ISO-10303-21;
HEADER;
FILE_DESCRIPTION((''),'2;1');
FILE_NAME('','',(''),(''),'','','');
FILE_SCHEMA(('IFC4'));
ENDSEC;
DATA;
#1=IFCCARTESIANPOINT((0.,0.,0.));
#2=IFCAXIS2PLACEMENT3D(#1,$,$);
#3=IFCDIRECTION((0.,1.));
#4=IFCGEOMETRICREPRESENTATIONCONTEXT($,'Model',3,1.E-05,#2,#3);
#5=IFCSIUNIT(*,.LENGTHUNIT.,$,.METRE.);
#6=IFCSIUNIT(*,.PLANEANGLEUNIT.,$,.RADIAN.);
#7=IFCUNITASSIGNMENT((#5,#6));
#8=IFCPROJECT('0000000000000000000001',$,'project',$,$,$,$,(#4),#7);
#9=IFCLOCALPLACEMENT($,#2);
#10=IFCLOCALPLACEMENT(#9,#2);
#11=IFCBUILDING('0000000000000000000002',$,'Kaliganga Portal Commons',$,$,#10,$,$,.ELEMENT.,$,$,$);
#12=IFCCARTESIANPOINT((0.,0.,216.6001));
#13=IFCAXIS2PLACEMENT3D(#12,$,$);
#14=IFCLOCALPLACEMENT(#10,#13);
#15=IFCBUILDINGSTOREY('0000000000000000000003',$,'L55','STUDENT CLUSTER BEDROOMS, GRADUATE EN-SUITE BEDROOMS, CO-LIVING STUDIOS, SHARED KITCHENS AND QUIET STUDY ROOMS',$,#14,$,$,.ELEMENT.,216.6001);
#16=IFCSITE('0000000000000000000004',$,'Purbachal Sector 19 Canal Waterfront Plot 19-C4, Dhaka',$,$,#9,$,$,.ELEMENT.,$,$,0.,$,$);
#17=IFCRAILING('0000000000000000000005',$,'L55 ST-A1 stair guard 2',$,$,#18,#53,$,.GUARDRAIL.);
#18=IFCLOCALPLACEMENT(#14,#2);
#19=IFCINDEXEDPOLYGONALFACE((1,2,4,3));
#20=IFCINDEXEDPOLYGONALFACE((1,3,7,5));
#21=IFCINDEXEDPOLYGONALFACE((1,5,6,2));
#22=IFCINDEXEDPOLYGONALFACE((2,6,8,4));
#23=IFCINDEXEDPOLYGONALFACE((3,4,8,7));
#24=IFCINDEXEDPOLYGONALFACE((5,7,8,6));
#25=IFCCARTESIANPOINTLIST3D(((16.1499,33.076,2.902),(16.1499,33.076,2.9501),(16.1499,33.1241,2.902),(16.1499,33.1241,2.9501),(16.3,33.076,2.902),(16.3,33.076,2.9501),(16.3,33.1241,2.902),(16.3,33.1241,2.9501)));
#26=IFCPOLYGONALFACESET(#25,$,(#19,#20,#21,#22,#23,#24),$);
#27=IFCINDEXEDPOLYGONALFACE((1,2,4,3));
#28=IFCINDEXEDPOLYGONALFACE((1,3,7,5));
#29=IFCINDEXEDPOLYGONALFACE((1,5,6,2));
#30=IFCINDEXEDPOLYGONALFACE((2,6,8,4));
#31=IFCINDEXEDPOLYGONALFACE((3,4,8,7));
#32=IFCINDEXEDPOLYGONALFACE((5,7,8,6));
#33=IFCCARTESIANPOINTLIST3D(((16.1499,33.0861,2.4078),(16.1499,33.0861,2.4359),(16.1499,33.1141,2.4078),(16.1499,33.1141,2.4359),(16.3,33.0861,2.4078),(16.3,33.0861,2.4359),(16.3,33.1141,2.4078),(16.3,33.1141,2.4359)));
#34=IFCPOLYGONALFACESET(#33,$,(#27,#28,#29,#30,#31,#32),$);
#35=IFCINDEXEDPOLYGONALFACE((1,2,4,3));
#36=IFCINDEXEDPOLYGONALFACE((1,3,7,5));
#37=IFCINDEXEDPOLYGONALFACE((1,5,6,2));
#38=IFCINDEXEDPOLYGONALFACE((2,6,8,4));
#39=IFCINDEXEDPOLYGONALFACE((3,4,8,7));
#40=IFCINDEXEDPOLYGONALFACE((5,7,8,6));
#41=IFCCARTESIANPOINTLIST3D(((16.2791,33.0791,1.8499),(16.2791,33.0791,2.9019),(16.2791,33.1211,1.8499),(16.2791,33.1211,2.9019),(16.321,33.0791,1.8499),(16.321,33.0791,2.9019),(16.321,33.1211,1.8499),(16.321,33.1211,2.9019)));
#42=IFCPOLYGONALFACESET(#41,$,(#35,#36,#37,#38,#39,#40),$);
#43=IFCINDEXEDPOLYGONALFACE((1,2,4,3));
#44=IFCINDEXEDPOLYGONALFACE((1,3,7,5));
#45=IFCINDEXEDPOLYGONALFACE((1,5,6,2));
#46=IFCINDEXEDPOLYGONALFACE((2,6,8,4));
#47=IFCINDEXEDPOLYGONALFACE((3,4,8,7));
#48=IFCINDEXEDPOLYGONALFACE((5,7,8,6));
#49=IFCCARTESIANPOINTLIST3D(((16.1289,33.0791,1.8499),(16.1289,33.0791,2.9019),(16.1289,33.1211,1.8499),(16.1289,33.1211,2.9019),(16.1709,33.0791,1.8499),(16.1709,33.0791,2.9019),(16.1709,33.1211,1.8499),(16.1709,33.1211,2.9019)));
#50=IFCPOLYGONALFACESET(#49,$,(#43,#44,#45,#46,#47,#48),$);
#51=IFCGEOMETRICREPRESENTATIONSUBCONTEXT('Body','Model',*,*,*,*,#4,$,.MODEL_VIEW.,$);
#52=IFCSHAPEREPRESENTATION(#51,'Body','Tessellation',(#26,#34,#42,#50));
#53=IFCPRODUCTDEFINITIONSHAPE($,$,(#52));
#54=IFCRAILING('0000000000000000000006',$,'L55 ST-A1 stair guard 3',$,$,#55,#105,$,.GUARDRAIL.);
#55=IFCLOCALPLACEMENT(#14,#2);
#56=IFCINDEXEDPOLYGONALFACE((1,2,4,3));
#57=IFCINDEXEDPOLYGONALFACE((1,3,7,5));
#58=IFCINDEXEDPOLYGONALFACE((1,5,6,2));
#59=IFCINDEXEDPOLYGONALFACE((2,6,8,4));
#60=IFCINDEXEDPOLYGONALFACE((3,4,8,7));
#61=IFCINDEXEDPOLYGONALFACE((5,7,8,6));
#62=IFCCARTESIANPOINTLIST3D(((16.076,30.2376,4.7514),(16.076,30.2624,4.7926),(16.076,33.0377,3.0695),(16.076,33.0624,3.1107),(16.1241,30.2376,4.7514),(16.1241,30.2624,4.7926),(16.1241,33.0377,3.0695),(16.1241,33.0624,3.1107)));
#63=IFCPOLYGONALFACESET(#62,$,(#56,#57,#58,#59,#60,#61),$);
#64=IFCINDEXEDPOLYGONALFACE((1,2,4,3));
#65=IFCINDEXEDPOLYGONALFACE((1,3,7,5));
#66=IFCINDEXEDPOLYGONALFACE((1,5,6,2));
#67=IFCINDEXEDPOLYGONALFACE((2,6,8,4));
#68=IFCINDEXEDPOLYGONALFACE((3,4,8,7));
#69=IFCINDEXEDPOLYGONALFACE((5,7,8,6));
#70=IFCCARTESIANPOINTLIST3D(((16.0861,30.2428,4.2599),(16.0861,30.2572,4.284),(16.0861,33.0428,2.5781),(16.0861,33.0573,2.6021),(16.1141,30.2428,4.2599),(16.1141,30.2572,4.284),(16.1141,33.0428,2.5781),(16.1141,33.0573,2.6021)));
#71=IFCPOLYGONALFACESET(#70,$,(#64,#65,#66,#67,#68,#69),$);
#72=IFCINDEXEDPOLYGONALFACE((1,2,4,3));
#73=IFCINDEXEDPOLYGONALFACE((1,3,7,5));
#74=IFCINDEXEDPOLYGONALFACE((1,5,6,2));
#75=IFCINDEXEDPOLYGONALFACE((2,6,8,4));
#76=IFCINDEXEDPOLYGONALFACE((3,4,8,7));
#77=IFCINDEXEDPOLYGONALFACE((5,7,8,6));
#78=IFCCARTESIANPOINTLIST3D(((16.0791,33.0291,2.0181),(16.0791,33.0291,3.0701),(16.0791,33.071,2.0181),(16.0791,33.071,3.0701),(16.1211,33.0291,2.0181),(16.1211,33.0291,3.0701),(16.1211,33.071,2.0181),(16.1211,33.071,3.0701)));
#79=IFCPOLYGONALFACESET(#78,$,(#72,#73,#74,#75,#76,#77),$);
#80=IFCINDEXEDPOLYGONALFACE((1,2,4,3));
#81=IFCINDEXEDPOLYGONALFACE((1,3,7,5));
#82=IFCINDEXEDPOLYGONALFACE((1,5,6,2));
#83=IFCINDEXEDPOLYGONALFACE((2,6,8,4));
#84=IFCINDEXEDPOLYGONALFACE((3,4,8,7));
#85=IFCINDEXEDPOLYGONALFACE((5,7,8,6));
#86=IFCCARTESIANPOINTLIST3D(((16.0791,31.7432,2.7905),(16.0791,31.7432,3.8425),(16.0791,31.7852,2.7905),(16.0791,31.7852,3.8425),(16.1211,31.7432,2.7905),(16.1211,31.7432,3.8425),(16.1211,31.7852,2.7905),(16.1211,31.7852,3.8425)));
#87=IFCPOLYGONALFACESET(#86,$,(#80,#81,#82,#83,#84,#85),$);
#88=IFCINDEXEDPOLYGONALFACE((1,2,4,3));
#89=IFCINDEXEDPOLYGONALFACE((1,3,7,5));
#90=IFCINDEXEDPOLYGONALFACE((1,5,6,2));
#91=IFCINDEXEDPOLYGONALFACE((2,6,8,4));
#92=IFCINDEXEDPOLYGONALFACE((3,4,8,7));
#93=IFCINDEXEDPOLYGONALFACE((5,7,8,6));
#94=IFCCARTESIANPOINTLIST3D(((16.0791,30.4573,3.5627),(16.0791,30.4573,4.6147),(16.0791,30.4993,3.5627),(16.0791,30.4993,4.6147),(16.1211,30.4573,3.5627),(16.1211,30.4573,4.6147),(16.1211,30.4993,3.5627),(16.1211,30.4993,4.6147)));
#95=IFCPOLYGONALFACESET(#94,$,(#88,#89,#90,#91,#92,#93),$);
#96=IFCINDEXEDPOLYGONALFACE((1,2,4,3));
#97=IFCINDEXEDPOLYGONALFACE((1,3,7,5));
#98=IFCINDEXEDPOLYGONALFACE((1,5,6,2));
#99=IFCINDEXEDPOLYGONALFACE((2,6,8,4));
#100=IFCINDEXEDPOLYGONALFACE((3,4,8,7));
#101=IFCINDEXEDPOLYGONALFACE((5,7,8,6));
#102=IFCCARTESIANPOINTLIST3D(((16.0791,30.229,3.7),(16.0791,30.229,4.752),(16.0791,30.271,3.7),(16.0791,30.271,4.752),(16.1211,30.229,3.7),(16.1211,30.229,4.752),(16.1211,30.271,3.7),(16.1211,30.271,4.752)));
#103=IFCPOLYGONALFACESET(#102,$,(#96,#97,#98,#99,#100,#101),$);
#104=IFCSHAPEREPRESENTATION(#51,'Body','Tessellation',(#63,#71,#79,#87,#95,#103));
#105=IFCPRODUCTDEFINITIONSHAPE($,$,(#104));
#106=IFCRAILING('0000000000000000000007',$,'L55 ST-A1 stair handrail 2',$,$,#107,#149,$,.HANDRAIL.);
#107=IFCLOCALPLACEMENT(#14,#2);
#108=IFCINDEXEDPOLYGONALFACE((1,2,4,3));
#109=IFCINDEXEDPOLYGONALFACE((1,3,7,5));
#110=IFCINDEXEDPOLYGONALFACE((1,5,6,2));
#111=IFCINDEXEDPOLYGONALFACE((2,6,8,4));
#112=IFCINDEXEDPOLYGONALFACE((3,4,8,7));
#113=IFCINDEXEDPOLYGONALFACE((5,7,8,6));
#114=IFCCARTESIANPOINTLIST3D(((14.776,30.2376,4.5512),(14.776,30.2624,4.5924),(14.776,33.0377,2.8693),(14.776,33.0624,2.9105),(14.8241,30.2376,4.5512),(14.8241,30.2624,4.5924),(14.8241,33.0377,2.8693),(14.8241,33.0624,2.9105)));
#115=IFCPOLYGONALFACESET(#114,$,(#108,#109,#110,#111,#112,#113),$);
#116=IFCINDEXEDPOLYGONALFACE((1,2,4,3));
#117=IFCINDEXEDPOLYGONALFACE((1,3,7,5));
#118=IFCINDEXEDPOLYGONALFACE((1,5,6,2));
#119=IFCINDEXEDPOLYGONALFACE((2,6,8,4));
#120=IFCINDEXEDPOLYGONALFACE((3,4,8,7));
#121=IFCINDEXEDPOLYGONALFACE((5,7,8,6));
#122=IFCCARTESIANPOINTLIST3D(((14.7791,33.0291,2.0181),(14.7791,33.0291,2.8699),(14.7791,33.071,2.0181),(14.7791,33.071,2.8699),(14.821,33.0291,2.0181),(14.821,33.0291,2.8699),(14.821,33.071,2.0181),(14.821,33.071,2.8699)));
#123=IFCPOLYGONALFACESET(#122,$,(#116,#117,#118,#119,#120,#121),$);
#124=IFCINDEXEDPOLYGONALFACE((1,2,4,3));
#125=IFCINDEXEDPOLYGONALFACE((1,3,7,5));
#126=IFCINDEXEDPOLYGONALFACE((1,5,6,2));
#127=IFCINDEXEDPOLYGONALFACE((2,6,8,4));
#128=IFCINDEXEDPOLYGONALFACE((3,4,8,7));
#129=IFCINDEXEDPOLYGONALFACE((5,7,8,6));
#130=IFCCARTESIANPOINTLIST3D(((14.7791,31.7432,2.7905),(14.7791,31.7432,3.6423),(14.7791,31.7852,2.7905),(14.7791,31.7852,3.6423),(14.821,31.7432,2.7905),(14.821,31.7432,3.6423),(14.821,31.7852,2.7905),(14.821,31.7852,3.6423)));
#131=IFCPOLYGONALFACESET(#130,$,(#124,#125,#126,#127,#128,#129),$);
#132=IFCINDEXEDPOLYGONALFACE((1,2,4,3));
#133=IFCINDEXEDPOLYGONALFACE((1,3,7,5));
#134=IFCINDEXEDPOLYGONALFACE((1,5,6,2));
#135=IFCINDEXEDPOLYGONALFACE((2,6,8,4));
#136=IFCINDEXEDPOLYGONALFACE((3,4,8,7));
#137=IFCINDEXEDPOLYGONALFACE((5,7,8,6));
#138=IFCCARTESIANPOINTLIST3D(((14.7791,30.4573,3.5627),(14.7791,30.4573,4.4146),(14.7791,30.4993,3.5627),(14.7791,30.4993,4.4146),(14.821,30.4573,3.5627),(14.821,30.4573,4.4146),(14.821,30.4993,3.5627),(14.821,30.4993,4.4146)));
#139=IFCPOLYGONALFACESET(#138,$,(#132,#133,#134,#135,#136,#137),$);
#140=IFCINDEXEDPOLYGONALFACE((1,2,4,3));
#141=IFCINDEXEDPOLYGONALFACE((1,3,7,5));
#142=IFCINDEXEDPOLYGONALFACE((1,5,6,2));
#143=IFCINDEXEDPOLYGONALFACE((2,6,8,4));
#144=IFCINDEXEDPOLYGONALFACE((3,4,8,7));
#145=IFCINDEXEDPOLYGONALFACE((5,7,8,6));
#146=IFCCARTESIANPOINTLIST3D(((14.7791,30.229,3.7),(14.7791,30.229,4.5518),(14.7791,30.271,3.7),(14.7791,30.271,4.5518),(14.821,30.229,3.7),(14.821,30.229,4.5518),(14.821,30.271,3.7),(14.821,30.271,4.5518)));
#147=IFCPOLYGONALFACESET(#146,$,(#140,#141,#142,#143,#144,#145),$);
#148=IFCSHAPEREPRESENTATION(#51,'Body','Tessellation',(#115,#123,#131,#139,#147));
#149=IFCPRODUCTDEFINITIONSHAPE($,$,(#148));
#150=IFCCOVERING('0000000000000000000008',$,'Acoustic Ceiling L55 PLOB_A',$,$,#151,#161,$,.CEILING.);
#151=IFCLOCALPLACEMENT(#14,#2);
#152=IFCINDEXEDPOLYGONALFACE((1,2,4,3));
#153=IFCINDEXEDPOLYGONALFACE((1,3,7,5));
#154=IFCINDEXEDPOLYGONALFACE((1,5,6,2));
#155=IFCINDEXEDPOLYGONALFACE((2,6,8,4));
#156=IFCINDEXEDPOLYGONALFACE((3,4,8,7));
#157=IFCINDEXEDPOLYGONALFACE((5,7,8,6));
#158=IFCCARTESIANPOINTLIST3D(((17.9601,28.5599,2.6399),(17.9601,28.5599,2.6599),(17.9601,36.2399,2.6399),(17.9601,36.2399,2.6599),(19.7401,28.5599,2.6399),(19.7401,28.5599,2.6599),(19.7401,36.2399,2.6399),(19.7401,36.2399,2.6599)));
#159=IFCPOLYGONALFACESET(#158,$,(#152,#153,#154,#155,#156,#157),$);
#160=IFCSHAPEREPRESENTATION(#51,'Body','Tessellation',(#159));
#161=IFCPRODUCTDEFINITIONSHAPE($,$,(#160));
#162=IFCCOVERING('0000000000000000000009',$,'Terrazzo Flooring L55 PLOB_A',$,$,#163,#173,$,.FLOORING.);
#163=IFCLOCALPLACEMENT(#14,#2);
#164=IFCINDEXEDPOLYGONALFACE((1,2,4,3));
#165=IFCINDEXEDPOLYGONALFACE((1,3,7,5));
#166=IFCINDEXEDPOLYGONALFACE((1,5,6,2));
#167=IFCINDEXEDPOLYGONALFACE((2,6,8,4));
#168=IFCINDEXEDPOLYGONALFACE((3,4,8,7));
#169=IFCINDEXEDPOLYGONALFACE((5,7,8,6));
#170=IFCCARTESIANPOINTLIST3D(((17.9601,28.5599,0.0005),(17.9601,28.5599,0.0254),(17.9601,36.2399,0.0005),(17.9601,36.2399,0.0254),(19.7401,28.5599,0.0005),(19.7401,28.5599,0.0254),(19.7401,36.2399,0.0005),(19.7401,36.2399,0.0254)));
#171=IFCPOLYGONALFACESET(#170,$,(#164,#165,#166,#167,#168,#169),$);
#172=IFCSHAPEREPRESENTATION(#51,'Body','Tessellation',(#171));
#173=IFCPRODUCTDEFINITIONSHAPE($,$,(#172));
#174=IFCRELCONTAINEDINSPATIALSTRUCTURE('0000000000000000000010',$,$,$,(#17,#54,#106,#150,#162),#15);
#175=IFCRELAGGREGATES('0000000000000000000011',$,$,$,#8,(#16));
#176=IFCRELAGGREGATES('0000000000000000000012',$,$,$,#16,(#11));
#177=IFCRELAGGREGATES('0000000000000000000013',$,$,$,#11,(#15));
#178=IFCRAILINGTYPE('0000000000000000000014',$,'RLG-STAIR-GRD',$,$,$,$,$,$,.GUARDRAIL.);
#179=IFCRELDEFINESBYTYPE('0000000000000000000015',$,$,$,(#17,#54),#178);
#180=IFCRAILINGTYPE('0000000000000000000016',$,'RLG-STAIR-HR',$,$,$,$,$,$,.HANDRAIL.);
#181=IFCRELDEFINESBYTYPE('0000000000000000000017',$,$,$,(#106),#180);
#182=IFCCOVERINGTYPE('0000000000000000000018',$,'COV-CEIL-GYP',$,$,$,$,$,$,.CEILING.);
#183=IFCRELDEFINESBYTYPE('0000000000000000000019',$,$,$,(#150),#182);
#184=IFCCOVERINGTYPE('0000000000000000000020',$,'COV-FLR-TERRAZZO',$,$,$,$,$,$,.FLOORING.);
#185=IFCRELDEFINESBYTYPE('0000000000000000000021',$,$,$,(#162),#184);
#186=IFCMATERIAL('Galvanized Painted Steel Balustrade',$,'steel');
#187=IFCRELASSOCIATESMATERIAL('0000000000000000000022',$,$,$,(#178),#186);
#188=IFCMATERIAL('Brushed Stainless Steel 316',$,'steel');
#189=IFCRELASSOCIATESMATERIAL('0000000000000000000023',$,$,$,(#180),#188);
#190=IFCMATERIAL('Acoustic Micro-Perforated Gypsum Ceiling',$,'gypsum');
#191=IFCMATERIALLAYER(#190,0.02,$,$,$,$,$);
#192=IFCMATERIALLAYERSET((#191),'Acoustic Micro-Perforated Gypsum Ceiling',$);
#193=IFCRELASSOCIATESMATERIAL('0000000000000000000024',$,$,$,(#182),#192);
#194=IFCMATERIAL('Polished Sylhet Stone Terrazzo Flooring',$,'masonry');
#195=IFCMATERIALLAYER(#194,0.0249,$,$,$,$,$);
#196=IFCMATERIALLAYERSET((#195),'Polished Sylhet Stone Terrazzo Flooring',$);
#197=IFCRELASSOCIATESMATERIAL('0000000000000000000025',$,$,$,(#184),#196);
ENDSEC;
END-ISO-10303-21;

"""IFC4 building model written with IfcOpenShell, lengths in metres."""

from ifc_helpers import new_model, si_unit, direction, frame, origin, origin_2d, place, context, subcontext, project, spatial, rectangle, extrude, source, transform, mapped, material, layer, layer_set, type_object, element, save


model = new_model("IFC4")

# Units and contexts
model_context = context("Model", 3, precision=1e-05, world=origin(), true_north=direction((0.0, 1.0)))
body_context = subcontext(model_context, "Body", "Model", "MODEL_VIEW")
ifc_project = project(units=[si_unit("LENGTHUNIT", "METRE"), si_unit("PLANEANGLEUNIT", "RADIAN")], contexts=[model_context])

# Site, building, storey
site_placement = place(None, origin())
site = spatial("IfcSite", under=ifc_project, at=site_placement, Name="Purbachal Sector 19 Canal Waterfront Plot 19-C4, Dhaka", CompositionType="ELEMENT", RefElevation=0.0)
building_placement = place(site_placement, origin())
building = spatial("IfcBuilding", under=site, at=building_placement, Name="Kaliganga Portal Commons", CompositionType="ELEMENT")
storey_placement = place(building_placement, frame((0.0, 0.0, 216.6001)))
storey = spatial("IfcBuildingStorey", under=building, at=storey_placement, Name="L55", Description="STUDENT CLUSTER BEDROOMS, GRADUATE EN-SUITE BEDROOMS, CO-LIVING STUDIOS, SHARED KITCHENS AND QUIET STUDY ROOMS", CompositionType="ELEMENT", Elevation=216.6001)

# Railings
ifc_material_1 = material(Name="Galvanized Painted Steel Balustrade", Category="steel")
railing_type_1 = type_object("IfcRailingType", Name="RLG-STAIR-GRD", PredefinedType="GUARDRAIL", material=ifc_material_1)
railing_1_placement = place(storey_placement, frame((16.3, 33.1001, 1.8499)))
element("IfcRailing", 1, at=railing_1_placement, inside=storey, type_object=railing_type_1, Name="L55 ST-A1 stair guard 2", PredefinedType="GUARDRAIL", context=body_context, shape_type="SweptSolid", body=[
    extrude(rectangle(XDim=0.0481, YDim=0.0481, at=origin_2d()), frame((0.0, 0.0, 1.0762), z_axis=(-1.0, 0.0, 0.0), x_axis=(0.0, -1.0, 0.0)), (0.0, 0.0, 1.0), 0.1501),
    extrude(rectangle(XDim=0.0281, YDim=0.0281, at=origin_2d()), frame((0.0, 0.0, 0.572), z_axis=(-1.0, 0.0, 0.0), x_axis=(0.0, -1.0, 0.0)), (0.0, 0.0, 1.0), 0.1501),
    extrude(rectangle(XDim=0.042, YDim=0.042, at=origin_2d()), origin(), (0.0, 0.0, 1.0), 1.052),
    extrude(rectangle(XDim=0.042, YDim=0.042, at=origin_2d()), frame((-0.1501, 0.0, 0.0)), (0.0, 0.0, 1.0), 1.052),
])
railing_2_placement = place(storey_placement, frame((16.1001, 33.05, 2.0181)))
element("IfcRailing", 2, at=railing_2_placement, inside=storey, type_object=railing_type_1, Name="L55 ST-A1 stair guard 3", PredefinedType="GUARDRAIL", context=body_context, shape_type="SweptSolid", body=[
    extrude(rectangle(XDim=0.0481, YDim=0.0481, at=origin_2d()), frame((0.0, 0.0, 1.072), z_axis=(0.0, -0.857242, 0.514913), x_axis=(1.0, 0.0, 0.0)), (0.0, 0.0, 1.0), 3.2664),
    extrude(rectangle(XDim=0.0281, YDim=0.0281, at=origin_2d()), frame((0.0, 0.0, 0.572), z_axis=(0.0, -0.857242, 0.514913), x_axis=(1.0, 0.0, 0.0)), (0.0, 0.0, 1.0), 3.2664),
    extrude(rectangle(XDim=0.042, YDim=0.042, at=origin_2d()), origin(), (0.0, 0.0, 1.0), 1.052),
    extrude(rectangle(XDim=0.042, YDim=0.042, at=origin_2d()), frame((0.0, -1.2859, 0.7725)), (0.0, 0.0, 1.0), 1.052),
    extrude(rectangle(XDim=0.042, YDim=0.042, at=origin_2d()), frame((0.0, -2.5718, 1.5447)), (0.0, 0.0, 1.0), 1.052),
    extrude(rectangle(XDim=0.042, YDim=0.042, at=origin_2d()), frame((0.0, -2.8, 1.6819)), (0.0, 0.0, 1.0), 1.052),
])
ifc_material_2 = material(Name="Brushed Stainless Steel 316", Category="steel")
railing_type_2 = type_object("IfcRailingType", Name="RLG-STAIR-HR", PredefinedType="HANDRAIL", material=ifc_material_2)
railing_3_placement = place(storey_placement, frame((14.8, 33.05, 2.0181)))
element("IfcRailing", 3, at=railing_3_placement, inside=storey, type_object=railing_type_2, Name="L55 ST-A1 stair handrail 2", PredefinedType="HANDRAIL", context=body_context, shape_type="SweptSolid", body=[
    extrude(rectangle(XDim=0.0481, YDim=0.0481, at=origin_2d()), frame((0.0, 0.0, 0.8718), z_axis=(0.0, -0.857242, 0.514913), x_axis=(1.0, 0.0, 0.0)), (0.0, 0.0, 1.0), 3.2664),
    extrude(rectangle(XDim=0.042, YDim=0.042, at=origin_2d()), origin(), (0.0, 0.0, 1.0), 0.8518),
    extrude(rectangle(XDim=0.042, YDim=0.042, at=origin_2d()), frame((0.0, -1.2859, 0.7725)), (0.0, 0.0, 1.0), 0.8518),
    extrude(rectangle(XDim=0.042, YDim=0.042, at=origin_2d()), frame((0.0, -2.5718, 1.5447)), (0.0, 0.0, 1.0), 0.8518),
    extrude(rectangle(XDim=0.042, YDim=0.042, at=origin_2d()), frame((0.0, -2.8, 1.6819)), (0.0, 0.0, 1.0), 0.8518),
])

# Coverings
ifc_material_3 = material(Name="Acoustic Micro-Perforated Gypsum Ceiling", Category="gypsum")
ifc_layer_1 = layer(ifc_material_3, 0.02)
ifc_layer_set_1 = layer_set([ifc_layer_1], Name="Acoustic Micro-Perforated Gypsum Ceiling")
covering_type_1 = type_object("IfcCoveringType", Name="COV-CEIL-GYP", PredefinedType="CEILING", material=ifc_layer_set_1)
shared_shape_1 = source(origin(), body_context, "Body", "SweptSolid", [
    extrude(rectangle(XDim=1.78, YDim=7.6799, at=origin_2d()), origin(), (0.0, 0.0, 1.0), 0.02),
])
covering_1_placement = place(storey_placement, frame((18.8501, 32.3999, 2.6399), z_axis=(0.0, 0.0, 1.0), x_axis=(1.0, 0.0, 0.0)))
element("IfcCovering", 4, at=covering_1_placement, inside=storey, type_object=covering_type_1, Name="Acoustic Ceiling L55 PLOB_A", PredefinedType="CEILING", context=body_context, shape_type="MappedRepresentation", body=[
    mapped(shared_shape_1, transform((0.0, 0.0, 0.0), x_axis=(1.0, 0.0, 0.0), y_axis=(0.0, 1.0, 0.0), z_axis=(0.0, 0.0, 1.0), scale=1.0)),
])
ifc_material_4 = material(Name="Polished Sylhet Stone Terrazzo Flooring", Category="masonry")
ifc_layer_2 = layer(ifc_material_4, 0.0249)
ifc_layer_set_2 = layer_set([ifc_layer_2], Name="Polished Sylhet Stone Terrazzo Flooring")
covering_type_2 = type_object("IfcCoveringType", Name="COV-FLR-TERRAZZO", PredefinedType="FLOORING", material=ifc_layer_set_2)
shared_shape_2 = source(origin(), body_context, "Body", "SweptSolid", [
    extrude(rectangle(XDim=1.78, YDim=7.6799, at=origin_2d()), origin(), (0.0, 0.0, 1.0), 0.0249),
])
covering_2_placement = place(storey_placement, frame((18.8501, 32.3999, 0.0005), z_axis=(0.0, 0.0, 1.0), x_axis=(1.0, 0.0, 0.0)))
element("IfcCovering", 5, at=covering_2_placement, inside=storey, type_object=covering_type_2, Name="Terrazzo Flooring L55 PLOB_A", PredefinedType="FLOORING", context=body_context, shape_type="MappedRepresentation", body=[
    mapped(shared_shape_2, transform((0.0, 0.0, 0.0), x_axis=(1.0, 0.0, 0.0), y_axis=(0.0, 1.0, 0.0), z_axis=(0.0, 0.0, 1.0), scale=1.0)),
])

save(model, "model.ifc")
